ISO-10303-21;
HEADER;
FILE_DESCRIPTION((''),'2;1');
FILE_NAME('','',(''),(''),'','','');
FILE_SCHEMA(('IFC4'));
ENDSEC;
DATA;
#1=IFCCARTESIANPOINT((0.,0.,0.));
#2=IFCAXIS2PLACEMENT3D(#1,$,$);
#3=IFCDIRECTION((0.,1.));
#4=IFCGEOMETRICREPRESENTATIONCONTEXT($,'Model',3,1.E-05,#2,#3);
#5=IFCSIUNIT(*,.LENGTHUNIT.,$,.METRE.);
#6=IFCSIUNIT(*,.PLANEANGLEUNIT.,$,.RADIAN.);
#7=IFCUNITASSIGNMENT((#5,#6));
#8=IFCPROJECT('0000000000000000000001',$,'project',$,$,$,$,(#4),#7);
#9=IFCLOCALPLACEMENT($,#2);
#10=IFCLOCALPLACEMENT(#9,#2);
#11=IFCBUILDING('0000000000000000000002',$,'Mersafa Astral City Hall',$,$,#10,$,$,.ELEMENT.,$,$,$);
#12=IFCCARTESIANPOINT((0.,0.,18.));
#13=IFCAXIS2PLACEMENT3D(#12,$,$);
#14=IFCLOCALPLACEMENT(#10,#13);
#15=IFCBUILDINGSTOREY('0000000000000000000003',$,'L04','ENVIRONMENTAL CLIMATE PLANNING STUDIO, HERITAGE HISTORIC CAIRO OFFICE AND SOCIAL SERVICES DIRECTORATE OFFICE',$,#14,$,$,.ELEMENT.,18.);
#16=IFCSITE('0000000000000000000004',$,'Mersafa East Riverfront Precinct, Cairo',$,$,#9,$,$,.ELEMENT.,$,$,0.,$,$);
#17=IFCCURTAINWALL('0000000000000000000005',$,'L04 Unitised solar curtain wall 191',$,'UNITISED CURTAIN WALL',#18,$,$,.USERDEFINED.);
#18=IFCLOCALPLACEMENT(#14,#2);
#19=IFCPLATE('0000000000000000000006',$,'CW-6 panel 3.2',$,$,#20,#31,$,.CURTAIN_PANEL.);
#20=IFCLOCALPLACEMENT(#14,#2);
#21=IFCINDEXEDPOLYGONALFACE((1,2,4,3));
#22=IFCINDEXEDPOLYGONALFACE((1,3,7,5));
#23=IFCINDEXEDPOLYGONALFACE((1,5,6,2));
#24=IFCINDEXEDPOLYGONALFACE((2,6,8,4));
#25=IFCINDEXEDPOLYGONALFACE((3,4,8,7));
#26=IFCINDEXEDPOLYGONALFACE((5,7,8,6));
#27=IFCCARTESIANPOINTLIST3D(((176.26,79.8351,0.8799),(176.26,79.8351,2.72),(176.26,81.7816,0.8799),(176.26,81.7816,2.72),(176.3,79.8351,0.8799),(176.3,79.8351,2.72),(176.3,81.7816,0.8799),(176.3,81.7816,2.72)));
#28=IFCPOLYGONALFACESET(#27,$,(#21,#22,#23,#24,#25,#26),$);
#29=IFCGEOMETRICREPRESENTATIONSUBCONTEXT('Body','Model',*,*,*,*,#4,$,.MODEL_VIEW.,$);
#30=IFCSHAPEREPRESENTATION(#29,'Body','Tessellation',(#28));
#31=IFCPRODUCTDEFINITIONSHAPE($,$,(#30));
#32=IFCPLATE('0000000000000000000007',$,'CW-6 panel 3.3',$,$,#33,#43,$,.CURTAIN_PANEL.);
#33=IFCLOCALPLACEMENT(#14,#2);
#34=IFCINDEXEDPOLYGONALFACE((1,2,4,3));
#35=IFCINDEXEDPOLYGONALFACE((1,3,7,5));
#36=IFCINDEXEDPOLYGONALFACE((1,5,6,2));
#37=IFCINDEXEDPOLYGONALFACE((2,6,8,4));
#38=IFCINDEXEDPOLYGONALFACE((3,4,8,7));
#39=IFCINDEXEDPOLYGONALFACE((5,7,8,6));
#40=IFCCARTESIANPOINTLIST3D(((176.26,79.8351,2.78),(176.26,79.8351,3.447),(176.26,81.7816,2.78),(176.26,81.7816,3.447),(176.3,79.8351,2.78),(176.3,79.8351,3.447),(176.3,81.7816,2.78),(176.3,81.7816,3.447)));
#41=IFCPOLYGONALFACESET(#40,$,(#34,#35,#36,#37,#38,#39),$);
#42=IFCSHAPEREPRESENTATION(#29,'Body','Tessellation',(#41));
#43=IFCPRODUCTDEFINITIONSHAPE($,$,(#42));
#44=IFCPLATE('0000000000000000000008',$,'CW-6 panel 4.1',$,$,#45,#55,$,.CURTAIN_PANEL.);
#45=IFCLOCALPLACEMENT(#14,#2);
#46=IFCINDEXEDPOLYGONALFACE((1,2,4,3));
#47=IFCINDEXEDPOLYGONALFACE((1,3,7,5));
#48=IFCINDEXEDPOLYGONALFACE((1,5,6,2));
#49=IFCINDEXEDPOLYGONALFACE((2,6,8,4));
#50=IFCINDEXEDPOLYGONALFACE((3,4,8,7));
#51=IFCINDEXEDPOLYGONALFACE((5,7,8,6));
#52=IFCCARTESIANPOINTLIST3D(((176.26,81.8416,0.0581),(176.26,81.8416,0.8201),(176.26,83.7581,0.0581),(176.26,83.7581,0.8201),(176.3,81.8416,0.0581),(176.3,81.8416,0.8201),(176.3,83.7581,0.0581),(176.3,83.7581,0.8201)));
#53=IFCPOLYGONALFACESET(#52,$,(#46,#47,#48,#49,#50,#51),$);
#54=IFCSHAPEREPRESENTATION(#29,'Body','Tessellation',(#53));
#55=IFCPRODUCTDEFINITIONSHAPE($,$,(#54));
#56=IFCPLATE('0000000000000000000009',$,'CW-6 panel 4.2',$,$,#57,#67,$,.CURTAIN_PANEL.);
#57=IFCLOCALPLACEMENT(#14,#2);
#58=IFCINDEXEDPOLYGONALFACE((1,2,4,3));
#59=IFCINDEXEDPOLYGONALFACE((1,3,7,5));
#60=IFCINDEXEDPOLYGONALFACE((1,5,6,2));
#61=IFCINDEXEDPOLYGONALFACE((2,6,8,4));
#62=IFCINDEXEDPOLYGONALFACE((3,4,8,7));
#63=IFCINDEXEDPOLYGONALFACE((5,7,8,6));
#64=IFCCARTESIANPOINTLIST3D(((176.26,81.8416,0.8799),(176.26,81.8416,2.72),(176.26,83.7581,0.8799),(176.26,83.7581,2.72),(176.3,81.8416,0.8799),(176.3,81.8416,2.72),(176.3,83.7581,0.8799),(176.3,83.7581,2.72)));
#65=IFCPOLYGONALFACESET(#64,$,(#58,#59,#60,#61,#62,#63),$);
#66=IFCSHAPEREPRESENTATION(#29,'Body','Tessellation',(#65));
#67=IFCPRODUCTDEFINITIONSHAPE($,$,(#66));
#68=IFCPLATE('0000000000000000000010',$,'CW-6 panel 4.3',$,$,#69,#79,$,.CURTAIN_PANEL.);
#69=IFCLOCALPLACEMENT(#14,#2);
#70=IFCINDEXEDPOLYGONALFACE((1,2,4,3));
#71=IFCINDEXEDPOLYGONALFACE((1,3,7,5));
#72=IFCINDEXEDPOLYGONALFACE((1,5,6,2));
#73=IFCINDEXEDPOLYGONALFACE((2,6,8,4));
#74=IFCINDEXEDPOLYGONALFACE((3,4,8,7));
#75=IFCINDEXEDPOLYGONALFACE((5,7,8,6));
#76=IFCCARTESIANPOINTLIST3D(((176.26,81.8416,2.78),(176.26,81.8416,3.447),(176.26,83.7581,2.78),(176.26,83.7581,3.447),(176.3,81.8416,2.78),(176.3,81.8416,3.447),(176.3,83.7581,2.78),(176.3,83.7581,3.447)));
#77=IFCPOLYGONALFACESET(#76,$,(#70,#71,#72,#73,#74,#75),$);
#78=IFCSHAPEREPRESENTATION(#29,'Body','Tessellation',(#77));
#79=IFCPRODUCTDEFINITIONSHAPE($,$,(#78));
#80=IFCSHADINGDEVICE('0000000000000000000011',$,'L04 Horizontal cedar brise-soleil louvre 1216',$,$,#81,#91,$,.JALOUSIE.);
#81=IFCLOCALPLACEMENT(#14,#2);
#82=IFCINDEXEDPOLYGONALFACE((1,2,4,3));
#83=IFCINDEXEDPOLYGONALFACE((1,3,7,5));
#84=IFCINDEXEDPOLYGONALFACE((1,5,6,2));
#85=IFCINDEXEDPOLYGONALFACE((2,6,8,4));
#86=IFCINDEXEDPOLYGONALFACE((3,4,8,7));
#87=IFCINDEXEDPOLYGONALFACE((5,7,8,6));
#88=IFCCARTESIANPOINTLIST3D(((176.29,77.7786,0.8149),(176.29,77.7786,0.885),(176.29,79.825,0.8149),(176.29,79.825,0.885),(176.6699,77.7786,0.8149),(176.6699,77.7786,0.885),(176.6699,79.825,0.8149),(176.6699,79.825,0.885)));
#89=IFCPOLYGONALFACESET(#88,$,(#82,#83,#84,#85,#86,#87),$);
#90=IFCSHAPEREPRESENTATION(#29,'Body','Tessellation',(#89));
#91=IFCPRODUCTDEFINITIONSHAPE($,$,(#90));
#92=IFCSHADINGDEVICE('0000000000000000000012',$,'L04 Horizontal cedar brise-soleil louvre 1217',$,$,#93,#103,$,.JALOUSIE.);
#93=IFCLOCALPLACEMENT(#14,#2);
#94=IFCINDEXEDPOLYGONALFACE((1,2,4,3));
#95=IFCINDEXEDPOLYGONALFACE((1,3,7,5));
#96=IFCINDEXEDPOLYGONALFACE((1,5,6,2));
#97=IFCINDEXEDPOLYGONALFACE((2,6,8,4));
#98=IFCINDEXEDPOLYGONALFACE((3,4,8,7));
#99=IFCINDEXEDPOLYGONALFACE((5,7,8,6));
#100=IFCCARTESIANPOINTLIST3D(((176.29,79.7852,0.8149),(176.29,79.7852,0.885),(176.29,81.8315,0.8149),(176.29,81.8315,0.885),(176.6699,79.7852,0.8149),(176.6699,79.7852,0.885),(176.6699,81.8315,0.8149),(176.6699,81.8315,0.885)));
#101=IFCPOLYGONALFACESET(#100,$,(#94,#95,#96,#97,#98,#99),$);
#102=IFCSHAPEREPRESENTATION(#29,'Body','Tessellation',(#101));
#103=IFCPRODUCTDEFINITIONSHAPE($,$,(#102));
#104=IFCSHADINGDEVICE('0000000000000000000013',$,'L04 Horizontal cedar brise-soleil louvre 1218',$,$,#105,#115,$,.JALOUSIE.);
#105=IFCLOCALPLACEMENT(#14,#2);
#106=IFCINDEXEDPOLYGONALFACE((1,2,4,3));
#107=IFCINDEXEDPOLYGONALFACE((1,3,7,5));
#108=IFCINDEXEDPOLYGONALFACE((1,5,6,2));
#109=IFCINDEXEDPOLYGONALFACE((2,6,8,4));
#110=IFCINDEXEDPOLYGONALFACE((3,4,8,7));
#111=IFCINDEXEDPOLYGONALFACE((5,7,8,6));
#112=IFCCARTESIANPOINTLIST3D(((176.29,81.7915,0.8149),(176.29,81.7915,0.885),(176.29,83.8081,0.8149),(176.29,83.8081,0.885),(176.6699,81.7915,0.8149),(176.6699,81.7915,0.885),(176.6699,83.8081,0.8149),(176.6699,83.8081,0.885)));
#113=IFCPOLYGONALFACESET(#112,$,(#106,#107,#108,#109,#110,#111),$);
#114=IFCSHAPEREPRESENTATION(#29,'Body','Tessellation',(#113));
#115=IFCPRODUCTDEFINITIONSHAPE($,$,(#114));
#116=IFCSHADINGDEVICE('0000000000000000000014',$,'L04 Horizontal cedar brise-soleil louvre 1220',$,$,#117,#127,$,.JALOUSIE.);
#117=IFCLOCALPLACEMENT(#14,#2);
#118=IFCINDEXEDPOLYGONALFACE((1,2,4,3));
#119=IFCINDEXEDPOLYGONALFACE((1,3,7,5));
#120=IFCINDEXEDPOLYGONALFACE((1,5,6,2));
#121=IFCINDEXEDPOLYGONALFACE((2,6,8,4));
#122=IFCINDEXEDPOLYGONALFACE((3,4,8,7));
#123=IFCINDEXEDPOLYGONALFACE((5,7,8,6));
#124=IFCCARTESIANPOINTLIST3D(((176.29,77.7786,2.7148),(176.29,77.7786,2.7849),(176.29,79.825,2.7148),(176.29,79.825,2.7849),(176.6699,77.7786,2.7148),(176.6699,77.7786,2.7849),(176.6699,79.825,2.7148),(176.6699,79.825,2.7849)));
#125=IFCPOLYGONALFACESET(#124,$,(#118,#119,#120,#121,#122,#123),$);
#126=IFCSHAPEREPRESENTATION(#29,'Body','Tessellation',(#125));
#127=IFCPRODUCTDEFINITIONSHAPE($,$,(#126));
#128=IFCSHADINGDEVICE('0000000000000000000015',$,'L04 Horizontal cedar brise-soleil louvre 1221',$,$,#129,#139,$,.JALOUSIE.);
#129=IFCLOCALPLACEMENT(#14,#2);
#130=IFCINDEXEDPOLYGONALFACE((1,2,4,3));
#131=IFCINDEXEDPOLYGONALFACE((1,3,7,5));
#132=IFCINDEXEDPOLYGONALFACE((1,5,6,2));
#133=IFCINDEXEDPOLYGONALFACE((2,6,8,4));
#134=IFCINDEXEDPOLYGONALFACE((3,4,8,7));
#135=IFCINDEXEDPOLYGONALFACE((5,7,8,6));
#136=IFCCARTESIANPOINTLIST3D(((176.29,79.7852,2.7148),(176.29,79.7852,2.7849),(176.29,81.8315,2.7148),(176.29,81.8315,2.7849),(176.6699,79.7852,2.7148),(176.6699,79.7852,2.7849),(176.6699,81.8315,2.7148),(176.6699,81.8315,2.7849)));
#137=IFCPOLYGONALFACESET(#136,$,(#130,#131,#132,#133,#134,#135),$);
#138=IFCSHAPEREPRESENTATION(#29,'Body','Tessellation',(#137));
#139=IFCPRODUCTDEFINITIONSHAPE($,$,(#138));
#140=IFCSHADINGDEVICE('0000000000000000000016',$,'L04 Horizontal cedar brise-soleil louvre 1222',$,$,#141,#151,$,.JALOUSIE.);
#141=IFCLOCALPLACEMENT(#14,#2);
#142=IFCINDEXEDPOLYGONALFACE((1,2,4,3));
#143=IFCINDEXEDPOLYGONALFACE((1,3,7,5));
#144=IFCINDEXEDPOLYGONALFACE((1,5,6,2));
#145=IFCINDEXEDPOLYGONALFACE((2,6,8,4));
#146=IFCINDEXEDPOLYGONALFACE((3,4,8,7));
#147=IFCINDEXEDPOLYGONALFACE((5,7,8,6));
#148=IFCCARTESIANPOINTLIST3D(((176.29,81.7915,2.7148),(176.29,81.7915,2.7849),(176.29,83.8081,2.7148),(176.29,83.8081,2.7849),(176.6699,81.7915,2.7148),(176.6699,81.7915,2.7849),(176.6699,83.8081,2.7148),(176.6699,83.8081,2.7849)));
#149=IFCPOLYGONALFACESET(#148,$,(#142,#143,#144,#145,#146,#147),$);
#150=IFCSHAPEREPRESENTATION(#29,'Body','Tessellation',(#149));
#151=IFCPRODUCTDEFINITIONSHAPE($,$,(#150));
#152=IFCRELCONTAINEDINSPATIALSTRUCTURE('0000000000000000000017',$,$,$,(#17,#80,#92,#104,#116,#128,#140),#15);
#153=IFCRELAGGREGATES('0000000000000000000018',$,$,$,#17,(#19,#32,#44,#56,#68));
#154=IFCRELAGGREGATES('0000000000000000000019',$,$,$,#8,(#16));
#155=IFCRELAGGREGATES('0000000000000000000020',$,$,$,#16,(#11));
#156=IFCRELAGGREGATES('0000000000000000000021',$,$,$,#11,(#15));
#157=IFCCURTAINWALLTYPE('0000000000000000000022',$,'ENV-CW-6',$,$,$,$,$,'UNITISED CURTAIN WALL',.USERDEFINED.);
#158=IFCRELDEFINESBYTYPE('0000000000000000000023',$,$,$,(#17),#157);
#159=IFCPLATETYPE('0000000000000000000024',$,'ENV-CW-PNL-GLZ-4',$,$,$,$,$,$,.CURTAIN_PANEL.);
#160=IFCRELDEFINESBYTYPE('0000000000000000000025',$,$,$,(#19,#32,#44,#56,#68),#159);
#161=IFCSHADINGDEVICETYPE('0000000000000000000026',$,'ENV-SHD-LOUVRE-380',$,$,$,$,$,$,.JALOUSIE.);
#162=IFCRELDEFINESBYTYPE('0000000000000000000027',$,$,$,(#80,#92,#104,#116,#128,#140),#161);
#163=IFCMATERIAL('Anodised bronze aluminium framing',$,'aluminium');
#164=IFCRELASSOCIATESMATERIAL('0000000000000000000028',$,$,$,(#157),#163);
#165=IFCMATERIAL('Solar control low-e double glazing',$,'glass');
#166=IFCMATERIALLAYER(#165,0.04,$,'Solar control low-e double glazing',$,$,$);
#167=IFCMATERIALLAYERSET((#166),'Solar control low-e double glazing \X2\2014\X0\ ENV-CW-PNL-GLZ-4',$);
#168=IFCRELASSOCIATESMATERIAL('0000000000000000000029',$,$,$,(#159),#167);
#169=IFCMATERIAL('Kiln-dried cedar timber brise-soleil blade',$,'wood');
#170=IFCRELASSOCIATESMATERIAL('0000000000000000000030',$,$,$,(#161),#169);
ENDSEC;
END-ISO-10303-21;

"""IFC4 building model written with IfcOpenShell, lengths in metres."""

from ifc_helpers import new_model, si_unit, direction, frame, origin, origin_2d, place, context, subcontext, project, spatial, rectangle, extrude, material, layer, layer_set, type_object, element, aggregate, save


model = new_model("IFC4")

# Units and contexts
model_context = context("Model", 3, precision=1e-05, world=origin(), true_north=direction((0.0, 1.0)))
body_context = subcontext(model_context, "Body", "Model", "MODEL_VIEW")
ifc_project = project(units=[si_unit("LENGTHUNIT", "METRE"), si_unit("PLANEANGLEUNIT", "RADIAN")], contexts=[model_context])

# Site, building, storey
site_placement = place(None, origin())
site = spatial("IfcSite", under=ifc_project, at=site_placement, Name="Mersafa East Riverfront Precinct, Cairo", CompositionType="ELEMENT", RefElevation=0.0)
building_placement = place(site_placement, origin())
building = spatial("IfcBuilding", under=site, at=building_placement, Name="Mersafa Astral City Hall", CompositionType="ELEMENT")
storey_placement = place(building_placement, frame((0.0, 0.0, 18.0)))
storey = spatial("IfcBuildingStorey", under=building, at=storey_placement, Name="L04", Description="ENVIRONMENTAL CLIMATE PLANNING STUDIO, HERITAGE HISTORIC CAIRO OFFICE AND SOCIAL SERVICES DIRECTORATE OFFICE", CompositionType="ELEMENT", Elevation=18.0)

# Curtain wall
ifc_material_1 = material(Name="Anodised bronze aluminium framing", Category="aluminium")
curtain_wall_type_1 = type_object("IfcCurtainWallType", Name="ENV-CW-6", ElementType="UNITISED CURTAIN WALL", PredefinedType="USERDEFINED", material=ifc_material_1)
curtain_wall_1_placement = place(storey_placement, origin())
curtain_wall_1 = element("IfcCurtainWall", 1, at=curtain_wall_1_placement, inside=storey, type_object=curtain_wall_type_1, Name="L04 Unitised solar curtain wall 191", ObjectType="UNITISED CURTAIN WALL", PredefinedType="USERDEFINED")

# Plates
ifc_material_2 = material(Name="Solar control low-e double glazing", Category="glass")
ifc_layer_1 = layer(ifc_material_2, 0.04, Name="Solar control low-e double glazing")
ifc_layer_set_1 = layer_set([ifc_layer_1], Name="Solar control low-e double glazing — ENV-CW-PNL-GLZ-4")
plate_type_1 = type_object("IfcPlateType", Name="ENV-CW-PNL-GLZ-4", PredefinedType="CURTAIN_PANEL", material=ifc_layer_set_1)
plate_1_placement = place(storey_placement, frame((176.28, 80.8083, 0.8799), z_axis=(0.0, 0.0, 1.0), x_axis=(0.0, 1.0, 0.0)))
plate_1 = element("IfcPlate", 2, at=plate_1_placement, type_object=plate_type_1, Name="CW-6 panel 3.2", PredefinedType="CURTAIN_PANEL", context=body_context, shape_type="SweptSolid", body=[
    extrude(rectangle(XDim=1.9465, YDim=0.04, at=origin_2d()), origin(), (0.0, 0.0, 1.0), 1.8401),
])
plate_2_placement = place(storey_placement, frame((176.28, 80.8083, 2.78), z_axis=(0.0, 0.0, 1.0), x_axis=(0.0, 1.0, 0.0)))
plate_2 = element("IfcPlate", 3, at=plate_2_placement, type_object=plate_type_1, Name="CW-6 panel 3.3", PredefinedType="CURTAIN_PANEL", context=body_context, shape_type="SweptSolid", body=[
    extrude(rectangle(XDim=1.9465, YDim=0.04, at=origin_2d()), origin(), (0.0, 0.0, 1.0), 0.667),
])
plate_3_placement = place(storey_placement, frame((176.28, 82.7998, 0.0581), z_axis=(0.0, 0.0, 1.0), x_axis=(0.0, 1.0, 0.0)))
plate_3 = element("IfcPlate", 4, at=plate_3_placement, type_object=plate_type_1, Name="CW-6 panel 4.1", PredefinedType="CURTAIN_PANEL", context=body_context, shape_type="SweptSolid", body=[
    extrude(rectangle(XDim=1.9165, YDim=0.04, at=origin_2d()), origin(), (0.0, 0.0, 1.0), 0.762),
])
plate_4_placement = place(storey_placement, frame((176.28, 82.7998, 0.8799), z_axis=(0.0, 0.0, 1.0), x_axis=(0.0, 1.0, 0.0)))
plate_4 = element("IfcPlate", 5, at=plate_4_placement, type_object=plate_type_1, Name="CW-6 panel 4.2", PredefinedType="CURTAIN_PANEL", context=body_context, shape_type="SweptSolid", body=[
    extrude(rectangle(XDim=1.9165, YDim=0.04, at=origin_2d()), origin(), (0.0, 0.0, 1.0), 1.8401),
])
plate_5_placement = place(storey_placement, frame((176.28, 82.7998, 2.78), z_axis=(0.0, 0.0, 1.0), x_axis=(0.0, 1.0, 0.0)))
plate_5 = element("IfcPlate", 6, at=plate_5_placement, type_object=plate_type_1, Name="CW-6 panel 4.3", PredefinedType="CURTAIN_PANEL", context=body_context, shape_type="SweptSolid", body=[
    extrude(rectangle(XDim=1.9165, YDim=0.04, at=origin_2d()), origin(), (0.0, 0.0, 1.0), 0.667),
])
aggregate(curtain_wall_1, [plate_1, plate_2, plate_3, plate_4, plate_5])

# Shading devices
ifc_material_3 = material(Name="Kiln-dried cedar timber brise-soleil blade", Category="wood")
shading_device_type = type_object("IfcShadingDeviceType", Name="ENV-SHD-LOUVRE-380", PredefinedType="JALOUSIE", material=ifc_material_3)
for number, where, z_axis, x_axis, name in (
    (7, (176.48, 78.8018, 0.8149), (0.0, 0.0, 1.0), (0.0, 1.0, 0.0), "L04 Horizontal cedar brise-soleil louvre 1216"),
    (8, (176.48, 80.8083, 0.8149), (0.0, 0.0, 1.0), (0.0, 1.0, 0.0), "L04 Horizontal cedar brise-soleil louvre 1217"),
):
    element("IfcShadingDevice", number, at=place(storey_placement, frame(where, z_axis=z_axis, x_axis=x_axis)), inside=storey, type_object=shading_device_type, Name=name, PredefinedType="JALOUSIE", context=body_context, shape_type="SweptSolid", body=[
        extrude(rectangle(XDim=2.0464, YDim=0.3799, at=origin_2d()), origin(), (0.0, 0.0, 1.0), 0.0701),
    ])
shading_device_1_placement = place(storey_placement, frame((176.48, 82.7998, 0.8149), z_axis=(0.0, 0.0, 1.0), x_axis=(0.0, 1.0, 0.0)))
element("IfcShadingDevice", 9, at=shading_device_1_placement, inside=storey, type_object=shading_device_type, Name="L04 Horizontal cedar brise-soleil louvre 1218", PredefinedType="JALOUSIE", context=body_context, shape_type="SweptSolid", body=[
    extrude(rectangle(XDim=2.0166, YDim=0.3799, at=origin_2d()), origin(), (0.0, 0.0, 1.0), 0.0701),
])
for number, where, z_axis, x_axis, name in (
    (10, (176.48, 78.8018, 2.7148), (0.0, 0.0, 1.0), (0.0, 1.0, 0.0), "L04 Horizontal cedar brise-soleil louvre 1220"),
    (11, (176.48, 80.8083, 2.7148), (0.0, 0.0, 1.0), (0.0, 1.0, 0.0), "L04 Horizontal cedar brise-soleil louvre 1221"),
):
    element("IfcShadingDevice", number, at=place(storey_placement, frame(where, z_axis=z_axis, x_axis=x_axis)), inside=storey, type_object=shading_device_type, Name=name, PredefinedType="JALOUSIE", context=body_context, shape_type="SweptSolid", body=[
        extrude(rectangle(XDim=2.0464, YDim=0.3799, at=origin_2d()), origin(), (0.0, 0.0, 1.0), 0.0701),
    ])
shading_device_2_placement = place(storey_placement, frame((176.48, 82.7998, 2.7148), z_axis=(0.0, 0.0, 1.0), x_axis=(0.0, 1.0, 0.0)))
element("IfcShadingDevice", 12, at=shading_device_2_placement, inside=storey, type_object=shading_device_type, Name="L04 Horizontal cedar brise-soleil louvre 1222", PredefinedType="JALOUSIE", context=body_context, shape_type="SweptSolid", body=[
    extrude(rectangle(XDim=2.0166, YDim=0.3799, at=origin_2d()), origin(), (0.0, 0.0, 1.0), 0.0701),
])

save(model, "model.ifc")
